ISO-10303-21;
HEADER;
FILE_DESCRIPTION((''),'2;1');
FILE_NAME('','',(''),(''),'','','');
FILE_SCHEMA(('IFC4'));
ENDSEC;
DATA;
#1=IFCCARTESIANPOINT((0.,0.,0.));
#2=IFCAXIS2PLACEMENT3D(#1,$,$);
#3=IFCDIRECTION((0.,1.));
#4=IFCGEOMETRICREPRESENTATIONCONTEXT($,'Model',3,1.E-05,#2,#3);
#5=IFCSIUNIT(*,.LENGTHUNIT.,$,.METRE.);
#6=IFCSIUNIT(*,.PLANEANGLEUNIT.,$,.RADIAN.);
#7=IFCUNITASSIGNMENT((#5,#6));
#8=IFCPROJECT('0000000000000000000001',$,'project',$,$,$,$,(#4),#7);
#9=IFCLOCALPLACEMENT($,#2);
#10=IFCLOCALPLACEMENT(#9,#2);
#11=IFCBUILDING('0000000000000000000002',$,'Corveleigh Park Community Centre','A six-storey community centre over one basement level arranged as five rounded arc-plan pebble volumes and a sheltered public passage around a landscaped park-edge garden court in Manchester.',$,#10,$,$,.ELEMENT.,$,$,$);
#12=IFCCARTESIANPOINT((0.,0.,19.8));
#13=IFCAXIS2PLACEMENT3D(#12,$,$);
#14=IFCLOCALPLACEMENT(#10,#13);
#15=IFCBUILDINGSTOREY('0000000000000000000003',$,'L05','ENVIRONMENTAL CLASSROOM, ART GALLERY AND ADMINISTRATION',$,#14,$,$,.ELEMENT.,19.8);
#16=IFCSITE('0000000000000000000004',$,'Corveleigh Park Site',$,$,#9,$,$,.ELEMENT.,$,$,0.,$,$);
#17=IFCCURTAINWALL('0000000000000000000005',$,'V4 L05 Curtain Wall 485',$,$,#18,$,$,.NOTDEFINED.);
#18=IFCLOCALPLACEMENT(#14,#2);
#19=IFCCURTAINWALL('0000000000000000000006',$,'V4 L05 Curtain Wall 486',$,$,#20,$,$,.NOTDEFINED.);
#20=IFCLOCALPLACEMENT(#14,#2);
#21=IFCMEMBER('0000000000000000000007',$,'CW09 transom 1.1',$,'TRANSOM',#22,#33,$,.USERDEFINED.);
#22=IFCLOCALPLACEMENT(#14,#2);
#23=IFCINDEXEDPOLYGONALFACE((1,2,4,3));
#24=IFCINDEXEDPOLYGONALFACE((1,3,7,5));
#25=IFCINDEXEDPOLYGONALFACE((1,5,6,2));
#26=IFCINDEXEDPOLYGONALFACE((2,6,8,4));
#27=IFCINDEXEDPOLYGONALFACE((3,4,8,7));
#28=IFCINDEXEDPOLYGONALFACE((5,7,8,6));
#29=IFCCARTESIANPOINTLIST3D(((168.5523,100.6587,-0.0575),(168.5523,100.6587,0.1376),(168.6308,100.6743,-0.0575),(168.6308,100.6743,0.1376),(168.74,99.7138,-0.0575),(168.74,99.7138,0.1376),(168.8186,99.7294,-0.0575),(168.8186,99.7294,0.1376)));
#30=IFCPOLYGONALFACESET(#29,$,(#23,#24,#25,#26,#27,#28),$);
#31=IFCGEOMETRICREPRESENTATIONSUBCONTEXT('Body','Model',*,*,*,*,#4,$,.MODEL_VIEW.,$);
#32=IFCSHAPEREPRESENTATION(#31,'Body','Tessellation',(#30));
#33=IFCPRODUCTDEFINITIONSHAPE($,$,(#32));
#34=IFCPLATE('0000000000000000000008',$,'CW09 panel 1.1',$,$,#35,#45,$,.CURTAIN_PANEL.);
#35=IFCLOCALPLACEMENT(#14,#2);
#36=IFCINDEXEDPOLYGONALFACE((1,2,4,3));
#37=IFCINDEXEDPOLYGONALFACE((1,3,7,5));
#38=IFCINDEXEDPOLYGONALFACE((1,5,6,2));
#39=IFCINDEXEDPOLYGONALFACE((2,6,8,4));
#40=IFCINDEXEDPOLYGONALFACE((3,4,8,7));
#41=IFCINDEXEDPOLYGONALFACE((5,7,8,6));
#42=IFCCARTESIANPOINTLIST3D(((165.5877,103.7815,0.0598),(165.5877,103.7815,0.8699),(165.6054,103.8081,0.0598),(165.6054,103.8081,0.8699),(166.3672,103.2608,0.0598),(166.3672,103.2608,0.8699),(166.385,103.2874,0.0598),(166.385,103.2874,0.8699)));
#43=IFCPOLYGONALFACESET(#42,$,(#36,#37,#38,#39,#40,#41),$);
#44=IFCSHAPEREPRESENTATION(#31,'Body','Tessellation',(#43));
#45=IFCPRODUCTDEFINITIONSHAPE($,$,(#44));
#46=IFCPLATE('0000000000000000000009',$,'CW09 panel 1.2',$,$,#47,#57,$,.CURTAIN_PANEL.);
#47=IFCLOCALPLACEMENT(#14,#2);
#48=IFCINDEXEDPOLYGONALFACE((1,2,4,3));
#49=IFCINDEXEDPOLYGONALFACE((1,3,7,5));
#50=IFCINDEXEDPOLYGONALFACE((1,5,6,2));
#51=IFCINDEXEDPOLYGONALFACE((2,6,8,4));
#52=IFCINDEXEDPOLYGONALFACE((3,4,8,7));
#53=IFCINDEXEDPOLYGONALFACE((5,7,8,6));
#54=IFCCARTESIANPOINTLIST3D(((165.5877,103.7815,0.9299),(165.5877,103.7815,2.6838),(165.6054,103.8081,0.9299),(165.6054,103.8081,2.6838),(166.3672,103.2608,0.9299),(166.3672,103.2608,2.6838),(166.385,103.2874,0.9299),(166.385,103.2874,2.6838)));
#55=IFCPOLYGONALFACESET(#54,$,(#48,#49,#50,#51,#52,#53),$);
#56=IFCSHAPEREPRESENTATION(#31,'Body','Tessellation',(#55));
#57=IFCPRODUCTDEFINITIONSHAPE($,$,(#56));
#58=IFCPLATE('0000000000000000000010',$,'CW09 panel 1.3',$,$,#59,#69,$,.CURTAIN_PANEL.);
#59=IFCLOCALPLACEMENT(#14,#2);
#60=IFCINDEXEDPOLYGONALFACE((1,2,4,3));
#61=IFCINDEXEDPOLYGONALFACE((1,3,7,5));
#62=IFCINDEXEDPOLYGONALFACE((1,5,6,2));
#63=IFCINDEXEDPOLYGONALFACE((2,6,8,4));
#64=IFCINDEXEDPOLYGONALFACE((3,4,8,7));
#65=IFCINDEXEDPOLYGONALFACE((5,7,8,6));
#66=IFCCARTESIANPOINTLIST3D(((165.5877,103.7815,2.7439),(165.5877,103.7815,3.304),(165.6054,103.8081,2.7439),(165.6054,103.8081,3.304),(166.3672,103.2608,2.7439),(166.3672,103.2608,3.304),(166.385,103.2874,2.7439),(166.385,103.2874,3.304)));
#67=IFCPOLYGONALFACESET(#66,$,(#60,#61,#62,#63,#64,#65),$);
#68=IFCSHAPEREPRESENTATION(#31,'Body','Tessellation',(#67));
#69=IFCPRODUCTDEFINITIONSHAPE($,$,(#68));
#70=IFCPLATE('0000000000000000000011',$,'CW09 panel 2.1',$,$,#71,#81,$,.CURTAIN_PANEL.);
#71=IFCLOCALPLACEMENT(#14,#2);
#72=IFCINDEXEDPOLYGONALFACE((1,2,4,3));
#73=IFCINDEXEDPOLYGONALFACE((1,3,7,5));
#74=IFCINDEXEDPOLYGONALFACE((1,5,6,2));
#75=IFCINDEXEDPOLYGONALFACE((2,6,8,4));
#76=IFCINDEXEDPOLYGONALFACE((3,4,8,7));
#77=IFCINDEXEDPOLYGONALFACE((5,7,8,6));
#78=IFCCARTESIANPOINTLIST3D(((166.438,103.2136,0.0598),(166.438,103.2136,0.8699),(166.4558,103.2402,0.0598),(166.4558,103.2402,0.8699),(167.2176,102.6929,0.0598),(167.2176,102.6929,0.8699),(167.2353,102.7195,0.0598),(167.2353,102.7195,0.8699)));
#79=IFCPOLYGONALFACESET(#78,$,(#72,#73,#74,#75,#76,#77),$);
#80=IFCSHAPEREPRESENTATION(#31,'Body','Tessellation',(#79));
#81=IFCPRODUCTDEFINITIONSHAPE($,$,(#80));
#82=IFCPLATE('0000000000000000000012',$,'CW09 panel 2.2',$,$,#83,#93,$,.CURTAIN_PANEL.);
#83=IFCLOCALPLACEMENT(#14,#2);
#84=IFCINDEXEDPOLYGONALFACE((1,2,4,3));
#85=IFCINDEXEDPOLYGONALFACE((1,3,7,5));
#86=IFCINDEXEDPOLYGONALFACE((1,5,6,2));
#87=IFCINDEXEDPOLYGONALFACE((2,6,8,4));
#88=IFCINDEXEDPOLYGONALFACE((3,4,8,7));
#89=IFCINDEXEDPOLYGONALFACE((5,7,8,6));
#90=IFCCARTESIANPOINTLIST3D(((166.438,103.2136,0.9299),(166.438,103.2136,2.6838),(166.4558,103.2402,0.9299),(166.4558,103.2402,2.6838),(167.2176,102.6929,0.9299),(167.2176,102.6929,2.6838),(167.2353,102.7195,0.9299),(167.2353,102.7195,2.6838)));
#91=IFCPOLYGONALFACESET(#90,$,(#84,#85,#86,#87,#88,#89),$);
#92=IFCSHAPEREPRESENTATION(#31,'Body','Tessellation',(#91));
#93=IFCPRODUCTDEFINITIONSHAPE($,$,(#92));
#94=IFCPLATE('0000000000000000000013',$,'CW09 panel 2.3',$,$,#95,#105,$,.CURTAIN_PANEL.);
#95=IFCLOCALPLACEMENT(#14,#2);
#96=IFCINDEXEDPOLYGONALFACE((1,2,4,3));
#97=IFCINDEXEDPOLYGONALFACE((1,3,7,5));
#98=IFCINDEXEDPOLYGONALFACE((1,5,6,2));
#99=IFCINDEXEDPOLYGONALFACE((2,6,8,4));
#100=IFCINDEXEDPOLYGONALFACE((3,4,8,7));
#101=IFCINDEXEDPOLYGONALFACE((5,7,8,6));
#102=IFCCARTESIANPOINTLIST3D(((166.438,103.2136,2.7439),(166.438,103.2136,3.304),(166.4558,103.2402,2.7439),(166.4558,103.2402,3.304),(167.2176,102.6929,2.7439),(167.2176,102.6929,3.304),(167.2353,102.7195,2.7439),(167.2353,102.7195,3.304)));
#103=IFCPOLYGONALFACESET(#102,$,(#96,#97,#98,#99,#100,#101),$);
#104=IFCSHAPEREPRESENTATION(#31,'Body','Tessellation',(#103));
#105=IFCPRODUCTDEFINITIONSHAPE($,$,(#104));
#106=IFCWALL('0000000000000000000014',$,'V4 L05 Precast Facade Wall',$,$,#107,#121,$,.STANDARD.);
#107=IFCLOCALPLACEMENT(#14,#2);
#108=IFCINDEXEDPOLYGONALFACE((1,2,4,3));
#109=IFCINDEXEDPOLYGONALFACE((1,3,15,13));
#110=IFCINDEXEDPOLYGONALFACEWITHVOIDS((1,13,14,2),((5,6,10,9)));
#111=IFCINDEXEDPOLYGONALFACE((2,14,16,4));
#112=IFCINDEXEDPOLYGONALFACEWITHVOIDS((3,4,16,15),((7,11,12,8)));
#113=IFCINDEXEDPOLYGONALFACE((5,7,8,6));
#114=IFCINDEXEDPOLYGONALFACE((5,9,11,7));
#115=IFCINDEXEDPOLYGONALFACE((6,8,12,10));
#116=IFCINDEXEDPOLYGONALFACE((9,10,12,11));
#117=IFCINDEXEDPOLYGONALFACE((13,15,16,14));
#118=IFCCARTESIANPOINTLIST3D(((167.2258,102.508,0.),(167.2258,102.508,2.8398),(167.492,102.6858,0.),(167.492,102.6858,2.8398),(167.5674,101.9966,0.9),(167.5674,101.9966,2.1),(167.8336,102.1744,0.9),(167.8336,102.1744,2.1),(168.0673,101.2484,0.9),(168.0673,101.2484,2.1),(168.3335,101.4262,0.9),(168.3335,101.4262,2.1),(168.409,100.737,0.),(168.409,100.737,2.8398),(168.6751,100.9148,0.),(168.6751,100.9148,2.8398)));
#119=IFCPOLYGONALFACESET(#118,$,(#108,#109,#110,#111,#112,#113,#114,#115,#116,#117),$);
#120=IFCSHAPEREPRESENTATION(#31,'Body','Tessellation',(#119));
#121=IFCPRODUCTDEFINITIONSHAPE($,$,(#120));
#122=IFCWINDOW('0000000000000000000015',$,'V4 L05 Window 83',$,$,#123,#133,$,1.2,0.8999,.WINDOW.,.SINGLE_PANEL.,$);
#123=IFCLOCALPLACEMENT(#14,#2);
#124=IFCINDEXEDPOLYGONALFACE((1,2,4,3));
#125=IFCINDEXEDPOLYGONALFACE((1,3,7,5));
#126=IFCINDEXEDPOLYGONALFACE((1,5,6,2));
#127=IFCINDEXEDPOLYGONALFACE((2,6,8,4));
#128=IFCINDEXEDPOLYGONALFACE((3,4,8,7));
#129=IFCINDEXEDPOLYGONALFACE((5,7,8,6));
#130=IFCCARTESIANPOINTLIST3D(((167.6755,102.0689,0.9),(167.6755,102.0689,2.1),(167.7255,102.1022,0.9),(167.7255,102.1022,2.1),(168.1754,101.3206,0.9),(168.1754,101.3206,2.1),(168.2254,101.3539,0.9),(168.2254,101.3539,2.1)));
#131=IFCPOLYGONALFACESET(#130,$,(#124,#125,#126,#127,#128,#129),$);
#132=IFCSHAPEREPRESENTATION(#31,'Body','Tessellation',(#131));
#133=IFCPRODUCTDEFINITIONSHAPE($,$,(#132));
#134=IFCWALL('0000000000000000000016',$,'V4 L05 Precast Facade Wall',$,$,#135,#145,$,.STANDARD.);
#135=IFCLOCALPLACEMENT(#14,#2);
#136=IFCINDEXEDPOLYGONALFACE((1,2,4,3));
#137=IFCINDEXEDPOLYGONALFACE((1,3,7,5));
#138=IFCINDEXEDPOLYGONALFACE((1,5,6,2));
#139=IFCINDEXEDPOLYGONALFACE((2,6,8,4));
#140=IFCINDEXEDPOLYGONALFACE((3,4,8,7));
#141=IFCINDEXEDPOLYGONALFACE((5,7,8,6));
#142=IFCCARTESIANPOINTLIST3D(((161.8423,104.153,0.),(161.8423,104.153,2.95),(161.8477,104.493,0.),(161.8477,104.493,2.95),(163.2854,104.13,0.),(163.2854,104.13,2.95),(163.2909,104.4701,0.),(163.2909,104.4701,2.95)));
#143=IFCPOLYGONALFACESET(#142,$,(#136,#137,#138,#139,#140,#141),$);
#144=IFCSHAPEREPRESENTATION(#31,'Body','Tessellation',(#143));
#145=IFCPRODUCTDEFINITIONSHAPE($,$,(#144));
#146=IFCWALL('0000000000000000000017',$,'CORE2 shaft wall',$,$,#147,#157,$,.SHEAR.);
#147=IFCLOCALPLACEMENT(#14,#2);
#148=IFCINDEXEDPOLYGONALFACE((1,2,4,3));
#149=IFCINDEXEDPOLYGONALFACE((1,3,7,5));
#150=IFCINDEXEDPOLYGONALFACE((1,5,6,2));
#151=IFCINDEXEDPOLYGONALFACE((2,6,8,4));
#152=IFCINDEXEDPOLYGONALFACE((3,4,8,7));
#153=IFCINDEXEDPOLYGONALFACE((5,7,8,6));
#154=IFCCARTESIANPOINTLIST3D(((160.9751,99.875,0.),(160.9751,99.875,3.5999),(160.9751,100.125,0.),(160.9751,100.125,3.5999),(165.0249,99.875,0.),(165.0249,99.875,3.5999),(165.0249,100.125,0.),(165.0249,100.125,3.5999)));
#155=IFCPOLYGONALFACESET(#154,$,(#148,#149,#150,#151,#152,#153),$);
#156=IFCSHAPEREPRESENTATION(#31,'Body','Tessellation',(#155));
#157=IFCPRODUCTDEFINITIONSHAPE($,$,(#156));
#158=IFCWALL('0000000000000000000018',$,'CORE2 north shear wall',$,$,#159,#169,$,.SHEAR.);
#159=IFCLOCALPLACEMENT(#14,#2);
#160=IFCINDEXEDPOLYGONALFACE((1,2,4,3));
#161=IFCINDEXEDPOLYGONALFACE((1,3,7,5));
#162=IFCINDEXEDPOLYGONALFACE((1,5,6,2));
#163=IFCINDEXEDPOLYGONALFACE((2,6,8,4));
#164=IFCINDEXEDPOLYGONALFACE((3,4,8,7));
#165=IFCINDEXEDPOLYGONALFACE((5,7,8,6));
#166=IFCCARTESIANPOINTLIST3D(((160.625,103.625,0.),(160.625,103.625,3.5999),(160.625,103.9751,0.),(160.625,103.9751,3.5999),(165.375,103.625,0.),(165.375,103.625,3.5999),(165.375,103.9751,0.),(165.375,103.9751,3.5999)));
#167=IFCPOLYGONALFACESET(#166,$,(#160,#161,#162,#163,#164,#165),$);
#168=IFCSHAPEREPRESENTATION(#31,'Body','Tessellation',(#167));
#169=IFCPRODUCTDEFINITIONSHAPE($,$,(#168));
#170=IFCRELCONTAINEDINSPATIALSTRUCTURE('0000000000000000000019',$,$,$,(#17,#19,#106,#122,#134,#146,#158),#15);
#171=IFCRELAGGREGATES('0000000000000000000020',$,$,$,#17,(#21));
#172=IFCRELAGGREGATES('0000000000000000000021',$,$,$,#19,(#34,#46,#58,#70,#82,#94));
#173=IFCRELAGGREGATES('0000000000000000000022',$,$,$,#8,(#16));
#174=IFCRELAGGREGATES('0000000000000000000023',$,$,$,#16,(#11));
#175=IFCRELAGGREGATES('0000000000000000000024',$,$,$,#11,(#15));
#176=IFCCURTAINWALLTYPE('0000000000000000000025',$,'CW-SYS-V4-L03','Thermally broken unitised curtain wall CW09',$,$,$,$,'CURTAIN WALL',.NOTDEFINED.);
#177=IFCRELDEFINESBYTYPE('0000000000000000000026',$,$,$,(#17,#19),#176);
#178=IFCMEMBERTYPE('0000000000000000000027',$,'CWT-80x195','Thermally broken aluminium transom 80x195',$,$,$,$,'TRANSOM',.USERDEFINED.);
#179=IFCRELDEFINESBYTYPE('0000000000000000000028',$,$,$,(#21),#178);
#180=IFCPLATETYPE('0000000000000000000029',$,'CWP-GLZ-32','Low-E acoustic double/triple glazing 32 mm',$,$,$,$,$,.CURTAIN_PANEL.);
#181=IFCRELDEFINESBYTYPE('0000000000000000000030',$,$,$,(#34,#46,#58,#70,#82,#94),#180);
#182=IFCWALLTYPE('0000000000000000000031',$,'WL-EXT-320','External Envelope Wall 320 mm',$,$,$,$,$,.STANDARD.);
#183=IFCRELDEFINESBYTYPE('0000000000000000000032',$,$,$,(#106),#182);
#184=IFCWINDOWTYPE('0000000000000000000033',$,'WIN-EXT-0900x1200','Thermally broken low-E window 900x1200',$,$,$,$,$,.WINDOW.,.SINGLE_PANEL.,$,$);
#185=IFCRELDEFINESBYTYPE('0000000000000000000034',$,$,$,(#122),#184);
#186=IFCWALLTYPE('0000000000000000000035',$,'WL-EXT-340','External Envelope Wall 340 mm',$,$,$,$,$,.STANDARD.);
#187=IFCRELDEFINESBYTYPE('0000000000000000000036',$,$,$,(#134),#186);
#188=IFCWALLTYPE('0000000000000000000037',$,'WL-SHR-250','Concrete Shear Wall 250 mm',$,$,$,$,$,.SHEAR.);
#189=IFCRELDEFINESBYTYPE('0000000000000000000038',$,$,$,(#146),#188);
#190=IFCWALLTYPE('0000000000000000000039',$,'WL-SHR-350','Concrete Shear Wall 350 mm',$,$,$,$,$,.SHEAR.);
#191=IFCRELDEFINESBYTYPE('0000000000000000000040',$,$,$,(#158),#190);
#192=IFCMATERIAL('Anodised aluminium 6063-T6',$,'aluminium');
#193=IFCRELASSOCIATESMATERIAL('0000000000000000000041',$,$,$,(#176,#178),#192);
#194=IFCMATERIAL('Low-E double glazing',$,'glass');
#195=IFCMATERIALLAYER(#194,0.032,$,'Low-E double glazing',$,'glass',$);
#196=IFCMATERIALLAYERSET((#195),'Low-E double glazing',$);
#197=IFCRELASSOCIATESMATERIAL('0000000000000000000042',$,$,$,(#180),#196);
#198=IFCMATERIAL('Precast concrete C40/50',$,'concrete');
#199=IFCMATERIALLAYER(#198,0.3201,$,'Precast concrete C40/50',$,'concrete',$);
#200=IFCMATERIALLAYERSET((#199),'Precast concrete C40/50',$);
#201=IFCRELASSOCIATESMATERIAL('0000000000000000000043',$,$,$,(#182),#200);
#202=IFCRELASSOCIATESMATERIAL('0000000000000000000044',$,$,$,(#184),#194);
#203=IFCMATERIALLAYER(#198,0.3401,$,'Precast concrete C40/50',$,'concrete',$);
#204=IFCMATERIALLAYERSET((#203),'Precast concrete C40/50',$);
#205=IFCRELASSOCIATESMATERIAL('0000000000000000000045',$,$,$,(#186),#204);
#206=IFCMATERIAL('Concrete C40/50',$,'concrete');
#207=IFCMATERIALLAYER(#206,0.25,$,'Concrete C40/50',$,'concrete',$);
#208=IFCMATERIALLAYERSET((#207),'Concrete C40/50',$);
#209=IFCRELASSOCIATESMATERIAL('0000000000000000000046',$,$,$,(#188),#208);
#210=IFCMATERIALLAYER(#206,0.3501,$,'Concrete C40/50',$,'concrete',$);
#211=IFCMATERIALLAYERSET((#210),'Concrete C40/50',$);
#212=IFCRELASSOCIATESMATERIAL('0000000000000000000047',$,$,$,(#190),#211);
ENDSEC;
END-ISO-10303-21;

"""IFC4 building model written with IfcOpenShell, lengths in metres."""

from ifc_helpers import new_model, si_unit, direction, frame, frame_2d, origin, origin_2d, place, context, subcontext, project, spatial, rectangle, extrude, material, layer, layer_set, material_profile, profile_set, type_object, element, fill, aggregate, save


model = new_model("IFC4")

# Units and contexts
model_context = context("Model", 3, precision=1e-05, world=origin(), true_north=direction((0.0, 1.0)))
body_context = subcontext(model_context, "Body", "Model", "MODEL_VIEW")
ifc_project = project(units=[si_unit("LENGTHUNIT", "METRE"), si_unit("PLANEANGLEUNIT", "RADIAN")], contexts=[model_context])

# Site, building, storey
site_placement = place(None, origin())
site = spatial("IfcSite", under=ifc_project, at=site_placement, Name="Corveleigh Park Site", CompositionType="ELEMENT", RefElevation=0.0)
building_placement = place(site_placement, origin())
building = spatial("IfcBuilding", under=site, at=building_placement, Name="Corveleigh Park Community Centre", Description="A six-storey community centre over one basement level arranged as five rounded arc-plan pebble volumes and a sheltered public passage around a landscaped park-edge garden court in Manchester.", CompositionType="ELEMENT")
storey_placement = place(building_placement, frame((0.0, 0.0, 19.8)))
storey = spatial("IfcBuildingStorey", under=building, at=storey_placement, Name="L05", Description="ENVIRONMENTAL CLASSROOM, ART GALLERY AND ADMINISTRATION", CompositionType="ELEMENT", Elevation=19.8)

# Curtain wall
ifc_material_1 = material(Name="Anodised aluminium 6063-T6", Category="aluminium")
curtain_wall_type = type_object("IfcCurtainWallType", Name="CW-SYS-V4-L03", Description="Thermally broken unitised curtain wall CW09", ElementType="CURTAIN WALL", PredefinedType="NOTDEFINED", material=ifc_material_1)
curtain_wall_1_placement = place(storey_placement, origin())
curtain_wall_1 = element("IfcCurtainWall", 1, at=curtain_wall_1_placement, inside=storey, type_object=curtain_wall_type, Name="V4 L05 Curtain Wall 485", PredefinedType="NOTDEFINED")

# Curtain wall
curtain_wall_2_placement = place(storey_placement, origin())
curtain_wall_2 = element("IfcCurtainWall", 2, at=curtain_wall_2_placement, inside=storey, type_object=curtain_wall_type, Name="V4 L05 Curtain Wall 486", PredefinedType="NOTDEFINED")

# Member
ifc_material_profile_1 = material_profile(ifc_material_1, rectangle(XDim=0.0801, YDim=0.1951, at=origin_2d()), Name="ALU-T80x195", Category="aluminium")
ifc_profile_set_1 = profile_set([ifc_material_profile_1], Name="Anodised aluminium 6063-T6")
member_type_1 = type_object("IfcMemberType", Name="CWT-80x195", Description="Thermally broken aluminium transom 80x195", ElementType="TRANSOM", PredefinedType="USERDEFINED", material=ifc_profile_set_1)
member_1_placement = place(storey_placement, frame((168.5916, 100.6665, 0.04), z_axis=(0.194898, -0.980824, 0.0), x_axis=(0.980824, 0.194898, 0.0)))
member_1 = element("IfcMember", 3, at=member_1_placement, type_object=member_type_1, Name="CW09 transom 1.1", ObjectType="TRANSOM", PredefinedType="USERDEFINED", context=body_context, shape_type="SweptSolid", body=[
    extrude(rectangle(XDim=0.0801, YDim=0.1951, at=origin_2d()), origin(), (0.0, 0.0, 1.0), 0.9634),
])
aggregate(curtain_wall_1, [member_1])

# Plates
ifc_material_2 = material(Name="Low-E double glazing", Category="glass")
ifc_layer_1 = layer(ifc_material_2, 0.032, Name="Low-E double glazing", Category="glass")
ifc_layer_set_1 = layer_set([ifc_layer_1], Name="Low-E double glazing")
plate_type = type_object("IfcPlateType", Name="CWP-GLZ-32", Description="Low-E acoustic double/triple glazing 32 mm", PredefinedType="CURTAIN_PANEL", material=ifc_layer_set_1)
plate_1_placement = place(storey_placement, frame((165.9863, 103.5344, 0.0598), z_axis=(0.0, 0.0, 1.0), x_axis=(0.831544, -0.555458, 0.0)))
plate_1 = element("IfcPlate", 4, at=plate_1_placement, type_object=plate_type, Name="CW09 panel 1.1", PredefinedType="CURTAIN_PANEL", context=body_context, shape_type="SweptSolid", body=[
    extrude(rectangle(XDim=0.9375, YDim=0.032, at=origin_2d()), origin(), (0.0, 0.0, 1.0), 0.8101),
])
plate_2_placement = place(storey_placement, frame((165.9863, 103.5344, 0.9299), z_axis=(0.0, 0.0, 1.0), x_axis=(0.831544, -0.555458, 0.0)))
plate_2 = element("IfcPlate", 5, at=plate_2_placement, type_object=plate_type, Name="CW09 panel 1.2", PredefinedType="CURTAIN_PANEL", context=body_context, shape_type="SweptSolid", body=[
    extrude(rectangle(XDim=0.9375, YDim=0.032, at=origin_2d()), origin(), (0.0, 0.0, 1.0), 1.7539),
])
plate_3_placement = place(storey_placement, frame((165.9863, 103.5344, 2.7439), z_axis=(0.0, 0.0, 1.0), x_axis=(0.831544, -0.555458, 0.0)))
plate_3 = element("IfcPlate", 6, at=plate_3_placement, type_object=plate_type, Name="CW09 panel 1.3", PredefinedType="CURTAIN_PANEL", context=body_context, shape_type="SweptSolid", body=[
    extrude(rectangle(XDim=0.9375, YDim=0.032, at=origin_2d()), origin(), (0.0, 0.0, 1.0), 0.5601),
])
plate_4_placement = place(storey_placement, frame((166.8367, 102.9666, 0.0598), z_axis=(0.0, 0.0, 1.0), x_axis=(0.831544, -0.555458, 0.0)))
plate_4 = element("IfcPlate", 7, at=plate_4_placement, type_object=plate_type, Name="CW09 panel 2.1", PredefinedType="CURTAIN_PANEL", context=body_context, shape_type="SweptSolid", body=[
    extrude(rectangle(XDim=0.9375, YDim=0.032, at=origin_2d()), origin(), (0.0, 0.0, 1.0), 0.8101),
])
plate_5_placement = place(storey_placement, frame((166.8367, 102.9666, 0.9299), z_axis=(0.0, 0.0, 1.0), x_axis=(0.831544, -0.555458, 0.0)))
plate_5 = element("IfcPlate", 8, at=plate_5_placement, type_object=plate_type, Name="CW09 panel 2.2", PredefinedType="CURTAIN_PANEL", context=body_context, shape_type="SweptSolid", body=[
    extrude(rectangle(XDim=0.9375, YDim=0.032, at=origin_2d()), origin(), (0.0, 0.0, 1.0), 1.7539),
])
plate_6_placement = place(storey_placement, frame((166.8367, 102.9666, 2.7439), z_axis=(0.0, 0.0, 1.0), x_axis=(0.831544, -0.555458, 0.0)))
plate_6 = element("IfcPlate", 9, at=plate_6_placement, type_object=plate_type, Name="CW09 panel 2.3", PredefinedType="CURTAIN_PANEL", context=body_context, shape_type="SweptSolid", body=[
    extrude(rectangle(XDim=0.9375, YDim=0.032, at=origin_2d()), origin(), (0.0, 0.0, 1.0), 0.5601),
])
aggregate(curtain_wall_2, [plate_1, plate_2, plate_3, plate_4, plate_5, plate_6])

# Wall, opening, window
ifc_material_3 = material(Name="Precast concrete C40/50", Category="concrete")
ifc_layer_2 = layer(ifc_material_3, 0.3201, Name="Precast concrete C40/50", Category="concrete")
ifc_layer_set_2 = layer_set([ifc_layer_2], Name="Precast concrete C40/50")
wall_type_1 = type_object("IfcWallType", Name="WL-EXT-320", Description="External Envelope Wall 320 mm", PredefinedType="STANDARD", material=ifc_layer_set_2)
wall_1_placement = place(storey_placement, frame((167.3589, 102.5969, 0.0), z_axis=(0.0, 0.0, 1.0), x_axis=(0.555494, -0.831521, 0.0)))
wall_1 = element("IfcWall", 10, at=wall_1_placement, inside=storey, type_object=wall_type_1, Name="V4 L05 Precast Facade Wall", PredefinedType="STANDARD", context=body_context, shape_type="SweptSolid", body=[
    extrude(rectangle(XDim=2.1299, YDim=0.3201, at=frame_2d((1.0649, 0.0))), origin(), (0.0, 0.0, 1.0), 2.8398),
])
opening_1_placement = place(wall_1_placement, frame((0.615, 0.0, 0.8999)))
opening_1 = element("IfcOpeningElement", 11, at=opening_1_placement, cuts=wall_1, PredefinedType="OPENING", context=body_context, shape_type="SweptSolid", body=[
    extrude(rectangle(XDim=0.8999, YDim=1.2, at=frame_2d((0.45, 0.6001))), frame((0.0, 0.1699, 0.0), z_axis=(0.0, -1.0, 0.0), x_axis=(1.0, 0.0, 0.0)), (0.0, 0.0, 1.0), 0.3401),
])
window_type = type_object("IfcWindowType", Name="WIN-EXT-0900x1200", Description="Thermally broken low-E window 900x1200", PartitioningType="SINGLE_PANEL", PredefinedType="WINDOW", material=ifc_material_2)
window_placement = place(opening_1_placement, origin())
window = element("IfcWindow", 12, at=window_placement, inside=storey, type_object=window_type, Name="V4 L05 Window 83", OverallHeight=1.2, OverallWidth=0.8999, PartitioningType="SINGLE_PANEL", PredefinedType="WINDOW", context=body_context, shape_type="SweptSolid", body=[
    extrude(rectangle(XDim=0.8999, YDim=1.2, at=frame_2d((0.45, 0.6001))), frame((0.0, 0.03, 0.0), z_axis=(0.0, -1.0, 0.0), x_axis=(1.0, 0.0, 0.0)), (0.0, 0.0, 1.0), 0.0601),
])
fill(opening_1, window)

# Walls
ifc_layer_3 = layer(ifc_material_3, 0.3401, Name="Precast concrete C40/50", Category="concrete")
ifc_layer_set_3 = layer_set([ifc_layer_3], Name="Precast concrete C40/50")
wall_type_2 = type_object("IfcWallType", Name="WL-EXT-340", Description="External Envelope Wall 340 mm", PredefinedType="STANDARD", material=ifc_layer_set_3)
wall_2_placement = place(storey_placement, frame((161.845, 104.323, 0.0), z_axis=(0.0, 0.0, 1.0), x_axis=(0.999874, -0.015901, 0.0)))
element("IfcWall", 13, at=wall_2_placement, inside=storey, type_object=wall_type_2, Name="V4 L05 Precast Facade Wall", PredefinedType="STANDARD", context=body_context, shape_type="SweptSolid", body=[
    extrude(rectangle(XDim=1.4434, YDim=0.3401, at=frame_2d((0.7217, 0.0))), origin(), (0.0, 0.0, 1.0), 2.95),
])
ifc_material_4 = material(Name="Concrete C40/50", Category="concrete")
ifc_layer_4 = layer(ifc_material_4, 0.25, Name="Concrete C40/50", Category="concrete")
ifc_layer_set_4 = layer_set([ifc_layer_4], Name="Concrete C40/50")
wall_type_3 = type_object("IfcWallType", Name="WL-SHR-250", Description="Concrete Shear Wall 250 mm", PredefinedType="SHEAR", material=ifc_layer_set_4)
wall_3_placement = place(storey_placement, frame((160.9751, 100.0, 0.0), z_axis=(0.0, 0.0, 1.0), x_axis=(1.0, 0.0, 0.0)))
element("IfcWall", 14, at=wall_3_placement, inside=storey, type_object=wall_type_3, Name="CORE2 shaft wall", PredefinedType="SHEAR", context=body_context, shape_type="SweptSolid", body=[
    extrude(rectangle(XDim=4.0498, YDim=0.25, at=frame_2d((2.0249, 0.0))), origin(), (0.0, 0.0, 1.0), 3.5999),
])
ifc_layer_5 = layer(ifc_material_4, 0.3501, Name="Concrete C40/50", Category="concrete")
ifc_layer_set_5 = layer_set([ifc_layer_5], Name="Concrete C40/50")
wall_type_4 = type_object("IfcWallType", Name="WL-SHR-350", Description="Concrete Shear Wall 350 mm", PredefinedType="SHEAR", material=ifc_layer_set_5)
wall_4_placement = place(storey_placement, frame((165.375, 103.8, 0.0), z_axis=(0.0, 0.0, 1.0), x_axis=(-1.0, 0.0, 0.0)))
element("IfcWall", 15, at=wall_4_placement, inside=storey, type_object=wall_type_4, Name="CORE2 north shear wall", PredefinedType="SHEAR", context=body_context, shape_type="SweptSolid", body=[
    extrude(rectangle(XDim=4.75, YDim=0.3501, at=frame_2d((2.375, 0.0))), origin(), (0.0, 0.0, 1.0), 3.5999),
])

save(model, "model.ifc")
